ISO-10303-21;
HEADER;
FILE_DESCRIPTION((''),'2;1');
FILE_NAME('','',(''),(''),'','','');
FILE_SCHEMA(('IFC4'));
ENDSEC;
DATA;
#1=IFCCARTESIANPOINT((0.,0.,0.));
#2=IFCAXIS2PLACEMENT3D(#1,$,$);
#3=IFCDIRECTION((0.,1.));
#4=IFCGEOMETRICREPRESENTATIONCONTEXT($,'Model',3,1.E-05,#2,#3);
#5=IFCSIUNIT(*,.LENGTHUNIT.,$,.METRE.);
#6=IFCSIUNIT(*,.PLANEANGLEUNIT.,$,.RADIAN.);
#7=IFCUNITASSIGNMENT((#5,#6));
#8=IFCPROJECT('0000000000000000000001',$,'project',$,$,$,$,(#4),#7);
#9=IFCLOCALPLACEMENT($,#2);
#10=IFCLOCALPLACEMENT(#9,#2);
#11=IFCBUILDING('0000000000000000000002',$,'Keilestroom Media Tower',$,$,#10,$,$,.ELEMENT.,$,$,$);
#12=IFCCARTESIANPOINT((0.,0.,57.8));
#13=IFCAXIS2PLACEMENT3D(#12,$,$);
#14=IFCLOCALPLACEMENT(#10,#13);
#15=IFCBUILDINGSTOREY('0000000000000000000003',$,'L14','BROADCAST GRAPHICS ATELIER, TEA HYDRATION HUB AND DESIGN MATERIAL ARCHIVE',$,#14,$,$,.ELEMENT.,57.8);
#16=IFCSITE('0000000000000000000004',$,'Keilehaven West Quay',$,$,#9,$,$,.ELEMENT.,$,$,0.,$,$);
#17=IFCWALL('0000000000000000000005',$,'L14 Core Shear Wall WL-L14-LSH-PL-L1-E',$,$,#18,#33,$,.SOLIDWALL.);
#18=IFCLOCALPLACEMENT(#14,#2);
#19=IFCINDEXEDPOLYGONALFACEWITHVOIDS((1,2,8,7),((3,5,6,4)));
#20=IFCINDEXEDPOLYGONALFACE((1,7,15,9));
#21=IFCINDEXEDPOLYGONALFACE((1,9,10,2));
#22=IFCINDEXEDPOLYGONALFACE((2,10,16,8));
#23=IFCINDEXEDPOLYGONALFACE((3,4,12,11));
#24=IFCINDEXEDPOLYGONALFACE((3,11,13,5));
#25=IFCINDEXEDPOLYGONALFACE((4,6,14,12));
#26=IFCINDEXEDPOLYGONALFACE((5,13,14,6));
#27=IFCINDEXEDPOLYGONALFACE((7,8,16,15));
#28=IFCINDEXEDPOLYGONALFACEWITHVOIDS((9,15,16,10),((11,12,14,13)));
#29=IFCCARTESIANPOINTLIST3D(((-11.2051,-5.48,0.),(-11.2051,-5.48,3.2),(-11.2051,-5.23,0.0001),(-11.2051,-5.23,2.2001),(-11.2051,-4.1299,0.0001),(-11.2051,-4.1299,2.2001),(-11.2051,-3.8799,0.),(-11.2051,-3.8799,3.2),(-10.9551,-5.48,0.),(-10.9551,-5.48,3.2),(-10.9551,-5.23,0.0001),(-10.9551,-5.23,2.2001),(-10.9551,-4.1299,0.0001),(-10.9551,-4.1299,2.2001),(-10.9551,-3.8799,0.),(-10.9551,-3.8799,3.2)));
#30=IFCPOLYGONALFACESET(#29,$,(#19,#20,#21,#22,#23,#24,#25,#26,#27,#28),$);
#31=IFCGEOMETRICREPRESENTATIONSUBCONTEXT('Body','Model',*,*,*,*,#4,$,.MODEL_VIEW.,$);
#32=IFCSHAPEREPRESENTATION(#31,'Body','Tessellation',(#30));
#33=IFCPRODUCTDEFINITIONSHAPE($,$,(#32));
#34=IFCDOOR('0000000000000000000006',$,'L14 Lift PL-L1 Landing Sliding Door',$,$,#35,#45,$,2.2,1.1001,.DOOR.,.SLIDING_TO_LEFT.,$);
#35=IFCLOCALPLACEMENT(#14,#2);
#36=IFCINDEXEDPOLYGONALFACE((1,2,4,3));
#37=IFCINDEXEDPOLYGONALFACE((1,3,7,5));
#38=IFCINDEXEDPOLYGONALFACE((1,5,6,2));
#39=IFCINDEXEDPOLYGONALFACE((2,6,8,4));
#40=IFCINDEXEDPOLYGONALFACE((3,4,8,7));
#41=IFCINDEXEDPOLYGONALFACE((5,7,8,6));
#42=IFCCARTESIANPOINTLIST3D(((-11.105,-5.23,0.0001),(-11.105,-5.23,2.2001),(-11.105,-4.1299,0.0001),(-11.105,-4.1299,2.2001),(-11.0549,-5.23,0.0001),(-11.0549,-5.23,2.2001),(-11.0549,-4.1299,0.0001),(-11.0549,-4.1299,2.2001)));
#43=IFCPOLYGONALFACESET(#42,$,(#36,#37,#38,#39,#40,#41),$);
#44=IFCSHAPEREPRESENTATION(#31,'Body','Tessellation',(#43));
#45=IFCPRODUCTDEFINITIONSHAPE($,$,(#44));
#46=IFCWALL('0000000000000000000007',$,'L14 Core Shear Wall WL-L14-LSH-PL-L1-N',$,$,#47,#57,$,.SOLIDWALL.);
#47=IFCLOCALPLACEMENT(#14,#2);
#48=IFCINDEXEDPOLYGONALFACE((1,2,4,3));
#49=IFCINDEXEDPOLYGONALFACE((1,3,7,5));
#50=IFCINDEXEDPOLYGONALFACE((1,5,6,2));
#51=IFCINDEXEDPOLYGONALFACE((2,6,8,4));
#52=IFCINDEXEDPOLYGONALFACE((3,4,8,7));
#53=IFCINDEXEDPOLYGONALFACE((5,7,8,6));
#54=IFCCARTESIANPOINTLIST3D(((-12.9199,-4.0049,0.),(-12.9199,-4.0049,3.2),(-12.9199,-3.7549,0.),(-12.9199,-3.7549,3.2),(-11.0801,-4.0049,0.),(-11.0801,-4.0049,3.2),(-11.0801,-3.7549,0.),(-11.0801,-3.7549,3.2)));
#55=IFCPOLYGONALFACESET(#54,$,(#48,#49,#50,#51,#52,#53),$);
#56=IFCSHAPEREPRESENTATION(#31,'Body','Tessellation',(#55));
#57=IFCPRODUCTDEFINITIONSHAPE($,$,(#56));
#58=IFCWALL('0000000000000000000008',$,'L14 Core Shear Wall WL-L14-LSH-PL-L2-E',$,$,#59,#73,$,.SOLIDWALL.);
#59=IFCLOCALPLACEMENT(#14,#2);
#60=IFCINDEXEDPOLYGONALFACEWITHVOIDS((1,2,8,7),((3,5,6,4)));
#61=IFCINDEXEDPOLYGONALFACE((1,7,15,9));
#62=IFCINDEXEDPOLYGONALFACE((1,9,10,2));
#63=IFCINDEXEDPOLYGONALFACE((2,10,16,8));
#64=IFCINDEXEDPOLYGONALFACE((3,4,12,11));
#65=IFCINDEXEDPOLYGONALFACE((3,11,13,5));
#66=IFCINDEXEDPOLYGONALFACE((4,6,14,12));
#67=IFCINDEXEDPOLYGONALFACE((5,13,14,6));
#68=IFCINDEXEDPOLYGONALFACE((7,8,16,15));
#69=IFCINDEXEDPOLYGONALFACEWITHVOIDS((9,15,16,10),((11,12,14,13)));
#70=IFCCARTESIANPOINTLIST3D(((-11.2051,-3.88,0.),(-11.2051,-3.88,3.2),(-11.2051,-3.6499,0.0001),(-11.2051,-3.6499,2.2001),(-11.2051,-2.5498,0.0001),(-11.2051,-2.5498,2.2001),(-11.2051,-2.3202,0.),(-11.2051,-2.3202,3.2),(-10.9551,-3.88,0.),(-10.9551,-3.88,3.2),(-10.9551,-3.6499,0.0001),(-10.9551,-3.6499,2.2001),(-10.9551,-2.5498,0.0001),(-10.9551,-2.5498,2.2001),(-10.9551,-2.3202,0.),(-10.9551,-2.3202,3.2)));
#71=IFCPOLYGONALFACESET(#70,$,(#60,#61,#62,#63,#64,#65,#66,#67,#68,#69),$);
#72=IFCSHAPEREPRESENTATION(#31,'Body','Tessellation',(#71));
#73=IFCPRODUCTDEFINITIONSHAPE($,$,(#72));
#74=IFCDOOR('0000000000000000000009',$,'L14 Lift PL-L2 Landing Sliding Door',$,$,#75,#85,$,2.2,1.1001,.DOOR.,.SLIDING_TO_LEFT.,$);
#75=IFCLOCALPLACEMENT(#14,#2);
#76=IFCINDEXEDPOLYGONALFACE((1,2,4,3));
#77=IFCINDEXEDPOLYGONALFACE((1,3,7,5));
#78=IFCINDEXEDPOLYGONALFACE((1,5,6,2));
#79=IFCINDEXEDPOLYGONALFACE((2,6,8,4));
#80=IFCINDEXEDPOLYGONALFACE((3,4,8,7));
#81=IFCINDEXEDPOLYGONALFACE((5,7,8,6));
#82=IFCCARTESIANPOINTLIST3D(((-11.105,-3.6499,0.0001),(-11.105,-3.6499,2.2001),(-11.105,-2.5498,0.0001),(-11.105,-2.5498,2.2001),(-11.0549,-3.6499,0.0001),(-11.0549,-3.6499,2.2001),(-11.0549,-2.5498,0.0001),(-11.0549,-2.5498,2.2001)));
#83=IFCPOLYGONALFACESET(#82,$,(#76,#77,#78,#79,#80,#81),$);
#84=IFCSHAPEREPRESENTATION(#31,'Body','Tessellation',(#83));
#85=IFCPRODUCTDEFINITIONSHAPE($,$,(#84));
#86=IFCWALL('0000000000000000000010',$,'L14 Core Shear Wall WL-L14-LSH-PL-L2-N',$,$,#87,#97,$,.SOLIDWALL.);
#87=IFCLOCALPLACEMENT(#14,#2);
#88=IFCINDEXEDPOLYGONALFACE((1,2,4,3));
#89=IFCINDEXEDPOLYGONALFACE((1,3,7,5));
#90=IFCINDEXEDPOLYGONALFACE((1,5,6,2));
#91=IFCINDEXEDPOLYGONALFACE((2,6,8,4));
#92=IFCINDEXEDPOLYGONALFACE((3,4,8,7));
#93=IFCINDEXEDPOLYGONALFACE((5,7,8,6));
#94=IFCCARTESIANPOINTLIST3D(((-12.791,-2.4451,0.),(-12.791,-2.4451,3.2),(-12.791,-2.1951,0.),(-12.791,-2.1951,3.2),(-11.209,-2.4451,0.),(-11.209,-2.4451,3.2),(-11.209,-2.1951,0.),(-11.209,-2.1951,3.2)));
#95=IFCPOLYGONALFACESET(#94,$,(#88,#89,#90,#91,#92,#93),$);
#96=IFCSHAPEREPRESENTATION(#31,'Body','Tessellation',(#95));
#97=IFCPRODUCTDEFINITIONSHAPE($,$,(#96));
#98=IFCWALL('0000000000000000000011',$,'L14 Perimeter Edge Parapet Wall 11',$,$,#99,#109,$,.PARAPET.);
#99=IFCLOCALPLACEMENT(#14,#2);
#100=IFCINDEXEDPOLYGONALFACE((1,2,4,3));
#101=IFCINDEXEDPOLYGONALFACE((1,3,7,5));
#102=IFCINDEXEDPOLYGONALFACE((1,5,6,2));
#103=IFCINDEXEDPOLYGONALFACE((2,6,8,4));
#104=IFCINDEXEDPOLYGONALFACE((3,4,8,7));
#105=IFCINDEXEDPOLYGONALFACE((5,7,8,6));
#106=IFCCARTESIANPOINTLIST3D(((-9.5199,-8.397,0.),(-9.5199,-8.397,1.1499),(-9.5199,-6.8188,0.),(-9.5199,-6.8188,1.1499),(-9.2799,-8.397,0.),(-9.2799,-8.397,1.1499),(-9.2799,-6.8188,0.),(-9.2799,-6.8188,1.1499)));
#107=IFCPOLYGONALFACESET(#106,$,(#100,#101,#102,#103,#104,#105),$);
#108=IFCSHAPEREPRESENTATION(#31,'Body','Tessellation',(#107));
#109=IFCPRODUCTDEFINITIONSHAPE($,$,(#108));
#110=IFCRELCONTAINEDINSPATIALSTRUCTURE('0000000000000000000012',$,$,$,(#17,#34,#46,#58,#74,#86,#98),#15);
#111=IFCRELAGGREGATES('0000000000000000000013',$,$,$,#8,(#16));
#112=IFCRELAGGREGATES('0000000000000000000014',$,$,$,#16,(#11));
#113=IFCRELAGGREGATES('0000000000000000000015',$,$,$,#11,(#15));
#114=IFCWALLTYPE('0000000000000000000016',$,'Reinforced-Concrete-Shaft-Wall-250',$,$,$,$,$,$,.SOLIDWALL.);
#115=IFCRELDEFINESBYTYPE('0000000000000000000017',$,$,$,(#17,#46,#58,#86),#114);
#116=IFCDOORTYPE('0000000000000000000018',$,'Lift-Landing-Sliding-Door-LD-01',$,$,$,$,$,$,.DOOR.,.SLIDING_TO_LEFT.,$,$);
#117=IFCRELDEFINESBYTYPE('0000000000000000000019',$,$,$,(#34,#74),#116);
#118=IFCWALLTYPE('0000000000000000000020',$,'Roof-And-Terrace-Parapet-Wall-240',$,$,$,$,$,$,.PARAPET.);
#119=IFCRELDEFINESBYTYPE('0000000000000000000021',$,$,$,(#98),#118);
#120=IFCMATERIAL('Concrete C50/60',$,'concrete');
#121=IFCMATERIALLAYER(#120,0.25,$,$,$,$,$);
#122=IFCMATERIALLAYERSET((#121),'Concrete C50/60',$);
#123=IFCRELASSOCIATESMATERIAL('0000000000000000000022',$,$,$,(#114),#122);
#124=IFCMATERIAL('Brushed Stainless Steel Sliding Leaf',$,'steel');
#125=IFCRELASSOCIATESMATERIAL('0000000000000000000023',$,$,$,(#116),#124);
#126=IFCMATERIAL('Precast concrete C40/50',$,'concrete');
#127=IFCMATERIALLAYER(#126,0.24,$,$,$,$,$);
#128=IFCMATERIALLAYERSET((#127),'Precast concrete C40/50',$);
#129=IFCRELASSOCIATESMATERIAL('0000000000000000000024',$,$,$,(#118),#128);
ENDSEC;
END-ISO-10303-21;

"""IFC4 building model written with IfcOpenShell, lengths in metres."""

from ifc_helpers import new_model, si_unit, direction, frame, frame_2d, origin, place, context, subcontext, project, spatial, rectangle, extrude, source, transform, mapped, material, layer, layer_set, type_object, element, fill, save


model = new_model("IFC4")

# Units and contexts
model_context = context("Model", 3, precision=1e-05, world=origin(), true_north=direction((0.0, 1.0)))
body_context = subcontext(model_context, "Body", "Model", "MODEL_VIEW")
ifc_project = project(units=[si_unit("LENGTHUNIT", "METRE"), si_unit("PLANEANGLEUNIT", "RADIAN")], contexts=[model_context])

# Site, building, storey
site_placement = place(None, origin())
site = spatial("IfcSite", under=ifc_project, at=site_placement, Name="Keilehaven West Quay", CompositionType="ELEMENT", RefElevation=0.0)
building_placement = place(site_placement, origin())
building = spatial("IfcBuilding", under=site, at=building_placement, Name="Keilestroom Media Tower", CompositionType="ELEMENT")
storey_placement = place(building_placement, frame((0.0, 0.0, 57.8)))
storey = spatial("IfcBuildingStorey", under=building, at=storey_placement, Name="L14", Description="BROADCAST GRAPHICS ATELIER, TEA HYDRATION HUB AND DESIGN MATERIAL ARCHIVE", CompositionType="ELEMENT", Elevation=57.8)

# Shared definitions
ifc_material_1 = material(Name="Concrete C50/60", Category="concrete")
ifc_layer_1 = layer(ifc_material_1, 0.25)
ifc_layer_set_1 = layer_set([ifc_layer_1], Name="Concrete C50/60")
wall_type_1 = type_object("IfcWallType", Name="Reinforced-Concrete-Shaft-Wall-250", PredefinedType="SOLIDWALL", material=ifc_layer_set_1)

# Wall, opening, door
wall_1_placement = place(storey_placement, frame((-11.0801, -5.48, 0.0), z_axis=(0.0, 0.0, 1.0), x_axis=(0.0, 1.0, 0.0)))
wall_1 = element("IfcWall", 1, at=wall_1_placement, inside=storey, type_object=wall_type_1, Name="L14 Core Shear Wall WL-L14-LSH-PL-L1-E", PredefinedType="SOLIDWALL", context=body_context, shape_type="SweptSolid", body=[
    extrude(rectangle(XDim=1.6001, YDim=0.25, at=frame_2d((0.8, 0.0))), origin(), (0.0, 0.0, 1.0), 3.2),
])
opening_1_placement = place(wall_1_placement, frame((0.25, 0.0, 0.0)))
opening_1 = element("IfcOpeningElement", 2, at=opening_1_placement, cuts=wall_1, PredefinedType="OPENING", context=body_context, shape_type="SweptSolid", body=[
    extrude(rectangle(XDim=1.1001, YDim=2.2, at=frame_2d((0.55, 1.1001))), frame((0.0, 0.135, 0.0), z_axis=(0.0, -1.0, 0.0), x_axis=(1.0, 0.0, 0.0)), (0.0, 0.0, 1.0), 0.27),
])
ifc_material_2 = material(Name="Brushed Stainless Steel Sliding Leaf", Category="steel")
door_type_1 = type_object("IfcDoorType", Name="Lift-Landing-Sliding-Door-LD-01", OperationType="SLIDING_TO_LEFT", PredefinedType="DOOR", material=ifc_material_2)
shared_shape_1 = source(origin(), body_context, "Body", "SweptSolid", [
    extrude(rectangle(XDim=1.1001, YDim=2.2, at=frame_2d((0.55, 1.1001))), frame((0.0, 0.0249, 0.0), z_axis=(0.0, -1.0, 0.0), x_axis=(1.0, 0.0, 0.0)), (0.0, 0.0, 1.0), 0.05),
])
door_1_placement = place(opening_1_placement, origin())
door_1 = element("IfcDoor", 3, at=door_1_placement, inside=storey, type_object=door_type_1, Name="L14 Lift PL-L1 Landing Sliding Door", OperationType="SLIDING_TO_LEFT", OverallHeight=2.2, OverallWidth=1.1001, PredefinedType="DOOR", context=body_context, shape_type="MappedRepresentation", body=[
    mapped(shared_shape_1, transform((0.0, 0.0, 0.0), x_axis=(1.0, 0.0, 0.0), y_axis=(0.0, 1.0, 0.0), z_axis=(0.0, 0.0, 1.0), scale=1.0)),
])
fill(opening_1, door_1)

# Wall
wall_2_placement = place(storey_placement, frame((-12.9199, -3.8799, 0.0), z_axis=(0.0, 0.0, 1.0), x_axis=(1.0, 0.0, 0.0)))
element("IfcWall", 4, at=wall_2_placement, inside=storey, type_object=wall_type_1, Name="L14 Core Shear Wall WL-L14-LSH-PL-L1-N", PredefinedType="SOLIDWALL", context=body_context, shape_type="SweptSolid", body=[
    extrude(rectangle(XDim=1.8398, YDim=0.25, at=frame_2d((0.9199, 0.0))), origin(), (0.0, 0.0, 1.0), 3.2),
])

# Wall, opening, door
wall_3_placement = place(storey_placement, frame((-11.0801, -3.8799, 0.0), z_axis=(0.0, 0.0, 1.0), x_axis=(0.0, 1.0, 0.0)))
wall_3 = element("IfcWall", 5, at=wall_3_placement, inside=storey, type_object=wall_type_1, Name="L14 Core Shear Wall WL-L14-LSH-PL-L2-E", PredefinedType="SOLIDWALL", context=body_context, shape_type="SweptSolid", body=[
    extrude(rectangle(XDim=1.5598, YDim=0.25, at=frame_2d((0.7798, 0.0))), origin(), (0.0, 0.0, 1.0), 3.2),
])
opening_2_placement = place(wall_3_placement, frame((0.23, 0.0, 0.0)))
opening_2 = element("IfcOpeningElement", 6, at=opening_2_placement, cuts=wall_3, PredefinedType="OPENING", context=body_context, shape_type="SweptSolid", body=[
    extrude(rectangle(XDim=1.1001, YDim=2.2, at=frame_2d((0.55, 1.1001))), frame((0.0, 0.135, 0.0), z_axis=(0.0, -1.0, 0.0), x_axis=(1.0, 0.0, 0.0)), (0.0, 0.0, 1.0), 0.27),
])
door_2_placement = place(opening_2_placement, origin())
door_2 = element("IfcDoor", 7, at=door_2_placement, inside=storey, type_object=door_type_1, Name="L14 Lift PL-L2 Landing Sliding Door", OperationType="SLIDING_TO_LEFT", OverallHeight=2.2, OverallWidth=1.1001, PredefinedType="DOOR", context=body_context, shape_type="MappedRepresentation", body=[
    mapped(shared_shape_1, transform((0.0, 0.0, 0.0), x_axis=(1.0, 0.0, 0.0), y_axis=(0.0, 1.0, 0.0), z_axis=(0.0, 0.0, 1.0), scale=1.0)),
])
fill(opening_2, door_2)

# Walls
wall_4_placement = place(storey_placement, frame((-12.791, -2.3201, 0.0), z_axis=(0.0, 0.0, 1.0), x_axis=(1.0, 0.0, 0.0)))
element("IfcWall", 8, at=wall_4_placement, inside=storey, type_object=wall_type_1, Name="L14 Core Shear Wall WL-L14-LSH-PL-L2-N", PredefinedType="SOLIDWALL", context=body_context, shape_type="SweptSolid", body=[
    extrude(rectangle(XDim=1.582, YDim=0.25, at=frame_2d((0.791, 0.0))), origin(), (0.0, 0.0, 1.0), 3.2),
])
ifc_material_3 = material(Name="Precast concrete C40/50", Category="concrete")
ifc_layer_2 = layer(ifc_material_3, 0.24)
ifc_layer_set_2 = layer_set([ifc_layer_2], Name="Precast concrete C40/50")
wall_type_2 = type_object("IfcWallType", Name="Roof-And-Terrace-Parapet-Wall-240", PredefinedType="PARAPET", material=ifc_layer_set_2)
wall_5_placement = place(storey_placement, frame((-9.3999, -8.397, 0.0), z_axis=(0.0, 0.0, 1.0), x_axis=(0.0, 1.0, 0.0)))
element("IfcWall", 9, at=wall_5_placement, inside=storey, type_object=wall_type_2, Name="L14 Perimeter Edge Parapet Wall 11", PredefinedType="PARAPET", context=body_context, shape_type="SweptSolid", body=[
    extrude(rectangle(XDim=1.5781, YDim=0.24, at=frame_2d((0.7891, 0.0))), origin(), (0.0, 0.0, 1.0), 1.1499),
])

save(model, "model.ifc")
